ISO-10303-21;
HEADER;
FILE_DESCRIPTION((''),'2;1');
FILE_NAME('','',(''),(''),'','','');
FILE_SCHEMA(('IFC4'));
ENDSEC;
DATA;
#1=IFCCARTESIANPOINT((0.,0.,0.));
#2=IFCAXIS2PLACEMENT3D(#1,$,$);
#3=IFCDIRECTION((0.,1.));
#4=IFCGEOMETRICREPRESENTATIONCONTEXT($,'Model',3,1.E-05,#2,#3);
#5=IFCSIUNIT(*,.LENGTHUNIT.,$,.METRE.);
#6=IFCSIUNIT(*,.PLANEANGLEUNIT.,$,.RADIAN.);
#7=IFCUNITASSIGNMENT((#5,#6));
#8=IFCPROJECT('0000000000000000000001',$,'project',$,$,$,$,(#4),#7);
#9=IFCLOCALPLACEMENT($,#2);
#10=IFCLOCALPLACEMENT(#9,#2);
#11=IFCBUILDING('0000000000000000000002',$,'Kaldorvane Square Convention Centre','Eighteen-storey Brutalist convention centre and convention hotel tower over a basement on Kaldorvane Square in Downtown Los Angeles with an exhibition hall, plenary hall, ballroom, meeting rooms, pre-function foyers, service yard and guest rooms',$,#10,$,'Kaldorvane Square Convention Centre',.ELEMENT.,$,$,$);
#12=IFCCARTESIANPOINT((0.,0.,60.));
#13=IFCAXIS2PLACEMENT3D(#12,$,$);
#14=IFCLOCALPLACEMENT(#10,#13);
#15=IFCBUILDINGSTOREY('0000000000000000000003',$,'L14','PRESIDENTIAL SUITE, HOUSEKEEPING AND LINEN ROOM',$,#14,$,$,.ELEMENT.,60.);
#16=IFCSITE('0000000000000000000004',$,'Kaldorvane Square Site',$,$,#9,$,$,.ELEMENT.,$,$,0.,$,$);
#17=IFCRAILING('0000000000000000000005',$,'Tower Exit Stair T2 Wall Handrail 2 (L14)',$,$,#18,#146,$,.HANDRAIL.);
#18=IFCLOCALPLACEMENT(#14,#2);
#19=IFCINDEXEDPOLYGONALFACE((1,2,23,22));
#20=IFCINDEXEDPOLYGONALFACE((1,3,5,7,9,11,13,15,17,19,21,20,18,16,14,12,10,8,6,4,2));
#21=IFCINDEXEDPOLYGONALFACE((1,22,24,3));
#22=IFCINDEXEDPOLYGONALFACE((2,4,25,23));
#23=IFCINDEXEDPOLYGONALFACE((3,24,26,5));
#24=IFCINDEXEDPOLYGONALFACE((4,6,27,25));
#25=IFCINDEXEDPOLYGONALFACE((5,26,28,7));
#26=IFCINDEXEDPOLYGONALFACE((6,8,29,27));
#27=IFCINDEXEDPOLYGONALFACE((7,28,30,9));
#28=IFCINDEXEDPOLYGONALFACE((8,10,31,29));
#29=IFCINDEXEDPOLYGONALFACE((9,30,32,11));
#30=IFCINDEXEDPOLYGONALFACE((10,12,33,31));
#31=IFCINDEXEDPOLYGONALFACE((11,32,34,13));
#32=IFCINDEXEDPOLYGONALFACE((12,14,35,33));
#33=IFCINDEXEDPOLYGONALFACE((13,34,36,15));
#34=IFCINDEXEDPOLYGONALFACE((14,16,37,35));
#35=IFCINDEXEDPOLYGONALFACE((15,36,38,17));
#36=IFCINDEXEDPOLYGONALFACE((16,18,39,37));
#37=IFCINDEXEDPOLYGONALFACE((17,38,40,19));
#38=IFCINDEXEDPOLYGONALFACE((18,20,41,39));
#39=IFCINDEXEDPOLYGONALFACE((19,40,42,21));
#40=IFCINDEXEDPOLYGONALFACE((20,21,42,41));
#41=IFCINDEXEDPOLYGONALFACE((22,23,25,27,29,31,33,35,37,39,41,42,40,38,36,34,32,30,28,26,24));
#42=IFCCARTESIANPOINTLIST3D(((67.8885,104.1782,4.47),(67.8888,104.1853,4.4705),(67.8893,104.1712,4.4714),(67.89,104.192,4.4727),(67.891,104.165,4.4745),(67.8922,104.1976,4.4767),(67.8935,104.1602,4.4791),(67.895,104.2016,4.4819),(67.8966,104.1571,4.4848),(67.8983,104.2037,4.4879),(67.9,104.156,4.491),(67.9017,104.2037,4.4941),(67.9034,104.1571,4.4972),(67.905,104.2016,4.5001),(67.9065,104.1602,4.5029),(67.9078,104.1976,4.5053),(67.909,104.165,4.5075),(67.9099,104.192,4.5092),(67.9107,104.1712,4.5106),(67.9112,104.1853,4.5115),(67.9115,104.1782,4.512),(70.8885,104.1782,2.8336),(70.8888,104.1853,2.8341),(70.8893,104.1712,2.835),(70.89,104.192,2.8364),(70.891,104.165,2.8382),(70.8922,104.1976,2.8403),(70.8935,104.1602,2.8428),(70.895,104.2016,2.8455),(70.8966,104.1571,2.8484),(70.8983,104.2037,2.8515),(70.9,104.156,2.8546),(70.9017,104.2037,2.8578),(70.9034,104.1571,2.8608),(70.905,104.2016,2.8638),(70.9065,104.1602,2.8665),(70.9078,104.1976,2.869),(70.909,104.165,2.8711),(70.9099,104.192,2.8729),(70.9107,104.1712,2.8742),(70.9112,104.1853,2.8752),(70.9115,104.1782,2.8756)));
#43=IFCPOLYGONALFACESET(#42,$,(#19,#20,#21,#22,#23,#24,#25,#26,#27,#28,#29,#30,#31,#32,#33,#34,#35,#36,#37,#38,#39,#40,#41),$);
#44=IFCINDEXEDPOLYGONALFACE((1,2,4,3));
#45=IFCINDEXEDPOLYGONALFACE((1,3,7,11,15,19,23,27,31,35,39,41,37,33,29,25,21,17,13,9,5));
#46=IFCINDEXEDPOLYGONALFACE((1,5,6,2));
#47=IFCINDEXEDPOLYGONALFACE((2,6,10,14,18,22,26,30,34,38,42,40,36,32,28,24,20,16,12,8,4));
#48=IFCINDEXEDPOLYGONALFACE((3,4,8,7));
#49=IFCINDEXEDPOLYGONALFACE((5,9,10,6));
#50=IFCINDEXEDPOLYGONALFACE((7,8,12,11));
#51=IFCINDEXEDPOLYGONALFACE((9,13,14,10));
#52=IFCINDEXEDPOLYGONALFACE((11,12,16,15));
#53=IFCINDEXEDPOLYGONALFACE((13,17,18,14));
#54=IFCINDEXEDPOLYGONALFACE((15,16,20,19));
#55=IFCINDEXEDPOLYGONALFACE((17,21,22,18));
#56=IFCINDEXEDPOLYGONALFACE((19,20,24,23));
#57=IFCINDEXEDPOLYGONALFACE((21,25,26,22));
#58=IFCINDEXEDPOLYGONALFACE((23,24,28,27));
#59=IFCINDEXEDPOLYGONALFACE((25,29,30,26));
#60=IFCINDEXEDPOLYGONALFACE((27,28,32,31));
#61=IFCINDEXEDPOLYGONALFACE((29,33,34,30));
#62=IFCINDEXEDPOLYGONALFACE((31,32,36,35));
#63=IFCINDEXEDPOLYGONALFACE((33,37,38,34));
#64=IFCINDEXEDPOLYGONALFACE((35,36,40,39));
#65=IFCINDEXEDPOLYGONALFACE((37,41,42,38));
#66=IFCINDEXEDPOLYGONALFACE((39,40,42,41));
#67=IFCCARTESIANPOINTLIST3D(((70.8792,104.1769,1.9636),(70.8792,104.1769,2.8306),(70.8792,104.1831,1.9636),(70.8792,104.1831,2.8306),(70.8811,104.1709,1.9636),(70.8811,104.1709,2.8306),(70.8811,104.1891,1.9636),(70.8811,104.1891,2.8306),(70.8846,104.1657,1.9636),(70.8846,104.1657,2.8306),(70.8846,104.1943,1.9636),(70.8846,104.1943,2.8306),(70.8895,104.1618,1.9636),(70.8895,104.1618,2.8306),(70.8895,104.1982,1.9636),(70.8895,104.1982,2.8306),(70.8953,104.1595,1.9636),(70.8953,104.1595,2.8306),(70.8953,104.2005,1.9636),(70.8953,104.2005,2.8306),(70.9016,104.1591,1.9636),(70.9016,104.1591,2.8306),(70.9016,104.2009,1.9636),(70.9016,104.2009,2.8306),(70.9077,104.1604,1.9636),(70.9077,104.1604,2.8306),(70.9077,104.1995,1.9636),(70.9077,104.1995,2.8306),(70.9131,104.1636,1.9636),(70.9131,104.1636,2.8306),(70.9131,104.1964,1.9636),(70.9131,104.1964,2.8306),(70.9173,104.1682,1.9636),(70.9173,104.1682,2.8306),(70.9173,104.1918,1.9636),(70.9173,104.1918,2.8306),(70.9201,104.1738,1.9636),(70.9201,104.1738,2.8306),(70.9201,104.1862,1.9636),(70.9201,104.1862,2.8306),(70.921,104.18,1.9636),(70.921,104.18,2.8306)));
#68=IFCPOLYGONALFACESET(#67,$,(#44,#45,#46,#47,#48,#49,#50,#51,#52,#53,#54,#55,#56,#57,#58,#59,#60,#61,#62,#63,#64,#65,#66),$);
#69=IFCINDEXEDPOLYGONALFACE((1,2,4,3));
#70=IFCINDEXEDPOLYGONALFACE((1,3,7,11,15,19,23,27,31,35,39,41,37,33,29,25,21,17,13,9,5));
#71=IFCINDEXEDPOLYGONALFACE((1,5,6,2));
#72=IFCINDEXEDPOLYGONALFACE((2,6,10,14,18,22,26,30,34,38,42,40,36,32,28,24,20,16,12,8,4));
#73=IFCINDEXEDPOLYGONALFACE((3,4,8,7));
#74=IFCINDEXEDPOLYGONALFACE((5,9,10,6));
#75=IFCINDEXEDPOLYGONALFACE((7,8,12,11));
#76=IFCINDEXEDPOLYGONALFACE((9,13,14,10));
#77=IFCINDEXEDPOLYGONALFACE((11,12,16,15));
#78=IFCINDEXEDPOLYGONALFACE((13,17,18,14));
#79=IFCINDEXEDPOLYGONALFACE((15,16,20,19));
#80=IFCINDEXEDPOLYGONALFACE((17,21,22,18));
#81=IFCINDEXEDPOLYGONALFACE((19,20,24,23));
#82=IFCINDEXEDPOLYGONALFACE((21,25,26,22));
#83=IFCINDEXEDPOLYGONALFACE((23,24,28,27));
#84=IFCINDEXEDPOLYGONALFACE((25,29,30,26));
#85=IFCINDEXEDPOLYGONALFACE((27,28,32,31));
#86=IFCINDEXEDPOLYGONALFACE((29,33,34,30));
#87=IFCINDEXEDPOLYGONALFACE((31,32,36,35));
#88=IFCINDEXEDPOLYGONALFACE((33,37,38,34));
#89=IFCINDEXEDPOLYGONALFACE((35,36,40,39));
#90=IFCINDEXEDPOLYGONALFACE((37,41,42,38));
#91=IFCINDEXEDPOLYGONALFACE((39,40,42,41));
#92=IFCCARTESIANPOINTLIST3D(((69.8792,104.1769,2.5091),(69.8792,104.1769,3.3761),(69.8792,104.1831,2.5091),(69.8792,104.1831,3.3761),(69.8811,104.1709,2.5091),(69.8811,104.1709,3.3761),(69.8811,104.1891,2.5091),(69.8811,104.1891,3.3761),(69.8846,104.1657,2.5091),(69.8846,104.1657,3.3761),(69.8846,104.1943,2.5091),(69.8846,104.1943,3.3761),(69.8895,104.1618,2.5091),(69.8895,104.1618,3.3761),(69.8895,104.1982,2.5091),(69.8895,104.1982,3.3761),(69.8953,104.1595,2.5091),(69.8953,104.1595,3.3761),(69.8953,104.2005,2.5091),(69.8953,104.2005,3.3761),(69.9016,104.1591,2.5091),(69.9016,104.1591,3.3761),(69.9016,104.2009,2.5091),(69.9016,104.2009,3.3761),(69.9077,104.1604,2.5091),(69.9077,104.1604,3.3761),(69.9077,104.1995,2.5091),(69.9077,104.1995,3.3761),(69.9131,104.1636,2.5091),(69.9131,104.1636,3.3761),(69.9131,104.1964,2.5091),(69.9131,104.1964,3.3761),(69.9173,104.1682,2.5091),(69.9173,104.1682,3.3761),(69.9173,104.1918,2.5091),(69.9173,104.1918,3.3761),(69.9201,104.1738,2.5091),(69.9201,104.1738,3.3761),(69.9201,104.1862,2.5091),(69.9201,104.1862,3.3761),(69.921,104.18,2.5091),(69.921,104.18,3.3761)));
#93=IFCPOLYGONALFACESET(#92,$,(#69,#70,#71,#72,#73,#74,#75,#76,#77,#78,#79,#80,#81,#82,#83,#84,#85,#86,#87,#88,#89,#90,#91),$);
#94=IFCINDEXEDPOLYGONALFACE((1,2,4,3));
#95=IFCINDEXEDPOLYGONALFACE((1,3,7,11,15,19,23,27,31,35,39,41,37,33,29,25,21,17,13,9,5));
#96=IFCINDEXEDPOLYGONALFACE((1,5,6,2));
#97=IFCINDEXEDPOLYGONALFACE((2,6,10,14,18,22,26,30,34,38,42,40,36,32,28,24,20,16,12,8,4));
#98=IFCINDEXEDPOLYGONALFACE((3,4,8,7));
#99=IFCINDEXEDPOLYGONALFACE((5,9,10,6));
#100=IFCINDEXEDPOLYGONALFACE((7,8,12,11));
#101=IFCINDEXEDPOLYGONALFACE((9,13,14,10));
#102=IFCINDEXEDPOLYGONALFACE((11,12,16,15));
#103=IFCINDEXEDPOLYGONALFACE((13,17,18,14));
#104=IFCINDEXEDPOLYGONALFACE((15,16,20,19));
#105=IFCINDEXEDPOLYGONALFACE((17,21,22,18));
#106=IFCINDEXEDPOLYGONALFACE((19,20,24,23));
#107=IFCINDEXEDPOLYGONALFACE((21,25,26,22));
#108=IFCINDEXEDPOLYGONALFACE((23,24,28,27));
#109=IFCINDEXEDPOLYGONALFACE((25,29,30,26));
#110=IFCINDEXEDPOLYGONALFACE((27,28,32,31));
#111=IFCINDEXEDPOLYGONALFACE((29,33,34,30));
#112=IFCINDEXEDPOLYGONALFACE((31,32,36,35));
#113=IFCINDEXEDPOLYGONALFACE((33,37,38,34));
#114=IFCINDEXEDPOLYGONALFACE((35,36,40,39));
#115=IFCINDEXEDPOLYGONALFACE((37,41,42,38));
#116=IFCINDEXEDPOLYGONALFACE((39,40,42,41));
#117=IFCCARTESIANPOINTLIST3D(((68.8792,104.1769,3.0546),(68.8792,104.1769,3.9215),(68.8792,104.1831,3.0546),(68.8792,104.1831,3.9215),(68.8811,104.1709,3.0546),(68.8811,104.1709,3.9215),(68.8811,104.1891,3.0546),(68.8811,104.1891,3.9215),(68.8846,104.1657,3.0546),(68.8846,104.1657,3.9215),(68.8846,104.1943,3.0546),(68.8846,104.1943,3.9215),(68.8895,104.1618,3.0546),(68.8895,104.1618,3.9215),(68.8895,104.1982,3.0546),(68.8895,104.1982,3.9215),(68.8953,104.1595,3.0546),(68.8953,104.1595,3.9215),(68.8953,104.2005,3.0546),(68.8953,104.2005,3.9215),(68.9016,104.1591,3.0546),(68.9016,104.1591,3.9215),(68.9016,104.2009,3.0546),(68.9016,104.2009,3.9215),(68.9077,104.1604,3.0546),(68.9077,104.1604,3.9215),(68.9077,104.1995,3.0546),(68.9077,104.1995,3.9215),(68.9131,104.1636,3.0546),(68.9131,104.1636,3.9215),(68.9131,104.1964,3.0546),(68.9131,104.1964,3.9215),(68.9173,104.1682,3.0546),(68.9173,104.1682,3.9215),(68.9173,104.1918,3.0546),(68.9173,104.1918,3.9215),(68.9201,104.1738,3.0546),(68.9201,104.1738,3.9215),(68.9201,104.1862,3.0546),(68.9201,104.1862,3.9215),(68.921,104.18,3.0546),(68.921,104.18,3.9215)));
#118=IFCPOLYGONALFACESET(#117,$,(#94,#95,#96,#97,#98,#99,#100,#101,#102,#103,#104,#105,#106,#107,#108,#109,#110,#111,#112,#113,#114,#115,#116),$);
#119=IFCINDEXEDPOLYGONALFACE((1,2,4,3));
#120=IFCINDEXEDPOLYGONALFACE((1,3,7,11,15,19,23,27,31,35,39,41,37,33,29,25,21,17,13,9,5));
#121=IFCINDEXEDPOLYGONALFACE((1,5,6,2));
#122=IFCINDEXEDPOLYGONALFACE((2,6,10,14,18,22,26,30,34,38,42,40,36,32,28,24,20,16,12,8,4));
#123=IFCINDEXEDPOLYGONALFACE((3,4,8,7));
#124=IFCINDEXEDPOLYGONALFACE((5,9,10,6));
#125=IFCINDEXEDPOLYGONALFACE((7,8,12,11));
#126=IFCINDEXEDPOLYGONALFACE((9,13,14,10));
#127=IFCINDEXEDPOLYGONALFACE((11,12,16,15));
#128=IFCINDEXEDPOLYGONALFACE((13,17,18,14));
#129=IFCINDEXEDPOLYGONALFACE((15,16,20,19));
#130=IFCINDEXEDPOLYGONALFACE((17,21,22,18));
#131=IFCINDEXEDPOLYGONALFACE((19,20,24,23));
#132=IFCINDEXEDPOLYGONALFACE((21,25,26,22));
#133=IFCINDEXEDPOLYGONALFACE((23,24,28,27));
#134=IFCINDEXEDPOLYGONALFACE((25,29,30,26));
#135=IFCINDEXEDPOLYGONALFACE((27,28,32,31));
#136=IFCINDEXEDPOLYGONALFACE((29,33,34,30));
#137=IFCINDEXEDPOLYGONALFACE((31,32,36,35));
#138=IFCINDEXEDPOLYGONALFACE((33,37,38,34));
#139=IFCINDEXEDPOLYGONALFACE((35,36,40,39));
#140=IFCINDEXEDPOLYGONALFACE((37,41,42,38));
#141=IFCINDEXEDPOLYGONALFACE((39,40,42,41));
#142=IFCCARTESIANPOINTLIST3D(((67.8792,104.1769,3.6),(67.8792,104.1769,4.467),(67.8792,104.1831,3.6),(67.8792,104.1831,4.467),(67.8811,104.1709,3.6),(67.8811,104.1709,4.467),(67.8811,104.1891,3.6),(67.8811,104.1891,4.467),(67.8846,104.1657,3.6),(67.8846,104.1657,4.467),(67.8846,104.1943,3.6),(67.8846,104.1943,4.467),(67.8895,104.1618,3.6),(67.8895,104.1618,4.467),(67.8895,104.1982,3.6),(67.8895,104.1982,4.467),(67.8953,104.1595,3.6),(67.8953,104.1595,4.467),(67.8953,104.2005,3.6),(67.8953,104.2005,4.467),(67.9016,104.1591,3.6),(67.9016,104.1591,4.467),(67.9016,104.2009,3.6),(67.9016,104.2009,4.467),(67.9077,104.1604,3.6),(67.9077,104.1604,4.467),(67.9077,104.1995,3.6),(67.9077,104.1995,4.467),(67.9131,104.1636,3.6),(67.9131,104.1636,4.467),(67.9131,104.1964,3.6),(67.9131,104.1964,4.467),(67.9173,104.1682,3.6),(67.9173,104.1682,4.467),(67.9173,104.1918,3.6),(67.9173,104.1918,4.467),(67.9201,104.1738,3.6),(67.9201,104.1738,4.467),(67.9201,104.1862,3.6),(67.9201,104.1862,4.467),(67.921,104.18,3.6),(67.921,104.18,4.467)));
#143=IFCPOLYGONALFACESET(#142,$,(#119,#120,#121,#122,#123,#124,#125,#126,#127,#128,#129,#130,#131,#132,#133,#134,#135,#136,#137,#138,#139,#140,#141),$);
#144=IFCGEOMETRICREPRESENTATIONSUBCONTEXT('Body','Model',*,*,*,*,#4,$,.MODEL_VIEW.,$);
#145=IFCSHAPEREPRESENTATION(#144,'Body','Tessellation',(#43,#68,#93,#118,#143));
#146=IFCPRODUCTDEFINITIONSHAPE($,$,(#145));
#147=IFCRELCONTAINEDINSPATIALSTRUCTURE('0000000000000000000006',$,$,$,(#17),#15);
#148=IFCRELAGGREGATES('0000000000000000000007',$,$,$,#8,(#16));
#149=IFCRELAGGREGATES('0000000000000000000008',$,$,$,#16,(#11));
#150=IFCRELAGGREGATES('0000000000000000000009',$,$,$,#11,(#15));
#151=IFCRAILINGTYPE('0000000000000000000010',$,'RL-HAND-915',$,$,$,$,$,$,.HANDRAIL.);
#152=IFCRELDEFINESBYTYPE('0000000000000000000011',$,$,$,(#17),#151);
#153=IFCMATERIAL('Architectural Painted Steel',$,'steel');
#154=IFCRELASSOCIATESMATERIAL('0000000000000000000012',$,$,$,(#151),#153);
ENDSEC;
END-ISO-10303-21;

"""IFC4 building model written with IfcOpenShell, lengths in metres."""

from ifc_helpers import new_model, si_unit, direction, frame, origin, origin_2d, place, context, subcontext, project, spatial, circle, extrude, material, type_object, element, save


model = new_model("IFC4")

# Units and contexts
model_context = context("Model", 3, precision=1e-05, world=origin(), true_north=direction((0.0, 1.0)))
body_context = subcontext(model_context, "Body", "Model", "MODEL_VIEW")
ifc_project = project(units=[si_unit("LENGTHUNIT", "METRE"), si_unit("PLANEANGLEUNIT", "RADIAN")], contexts=[model_context])

# Site, building, storey
site_placement = place(None, origin())
site = spatial("IfcSite", under=ifc_project, at=site_placement, Name="Kaldorvane Square Site", CompositionType="ELEMENT", RefElevation=0.0)
building_placement = place(site_placement, origin())
building = spatial("IfcBuilding", under=site, at=building_placement, Name="Kaldorvane Square Convention Centre", Description="Eighteen-storey Brutalist convention centre and convention hotel tower over a basement on Kaldorvane Square in Downtown Los Angeles with an exhibition hall, plenary hall, ballroom, meeting rooms, pre-function foyers, service yard and guest rooms", LongName="Kaldorvane Square Convention Centre", CompositionType="ELEMENT")
storey_placement = place(building_placement, frame((0.0, 0.0, 60.0)))
storey = spatial("IfcBuildingStorey", under=building, at=storey_placement, Name="L14", Description="PRESIDENTIAL SUITE, HOUSEKEEPING AND LINEN ROOM", CompositionType="ELEMENT", Elevation=60.0)

# Railing
ifc_material_1 = material(Name="Architectural Painted Steel", Category="steel")
railing_type = type_object("IfcRailingType", Name="RL-HAND-915", PredefinedType="HANDRAIL", material=ifc_material_1)
railing_placement = place(storey_placement, frame((70.9, 104.18, 1.9636)))
element("IfcRailing", 1, at=railing_placement, inside=storey, type_object=railing_type, Name="Tower Exit Stair T2 Wall Handrail 2 (L14)", PredefinedType="HANDRAIL", context=body_context, shape_type="SweptSolid", body=[
    extrude(circle(Radius=0.024, at=origin_2d()), frame((0.0, 0.0, 0.891), z_axis=(-0.877895, 0.0, 0.478853), x_axis=(0.0, -1.0, 0.0)), (0.0, 0.0, 1.0), 3.4173),
    extrude(circle(Radius=0.021, at=origin_2d()), origin(), (0.0, 0.0, 1.0), 0.867),
    extrude(circle(Radius=0.021, at=origin_2d()), frame((-1.0, 0.0, 0.5455)), (0.0, 0.0, 1.0), 0.867),
    extrude(circle(Radius=0.021, at=origin_2d()), frame((-2.0, 0.0, 1.0909)), (0.0, 0.0, 1.0), 0.867),
    extrude(circle(Radius=0.021, at=origin_2d()), frame((-3.0, 0.0, 1.6364)), (0.0, 0.0, 1.0), 0.867),
])

save(model, "model.ifc")
